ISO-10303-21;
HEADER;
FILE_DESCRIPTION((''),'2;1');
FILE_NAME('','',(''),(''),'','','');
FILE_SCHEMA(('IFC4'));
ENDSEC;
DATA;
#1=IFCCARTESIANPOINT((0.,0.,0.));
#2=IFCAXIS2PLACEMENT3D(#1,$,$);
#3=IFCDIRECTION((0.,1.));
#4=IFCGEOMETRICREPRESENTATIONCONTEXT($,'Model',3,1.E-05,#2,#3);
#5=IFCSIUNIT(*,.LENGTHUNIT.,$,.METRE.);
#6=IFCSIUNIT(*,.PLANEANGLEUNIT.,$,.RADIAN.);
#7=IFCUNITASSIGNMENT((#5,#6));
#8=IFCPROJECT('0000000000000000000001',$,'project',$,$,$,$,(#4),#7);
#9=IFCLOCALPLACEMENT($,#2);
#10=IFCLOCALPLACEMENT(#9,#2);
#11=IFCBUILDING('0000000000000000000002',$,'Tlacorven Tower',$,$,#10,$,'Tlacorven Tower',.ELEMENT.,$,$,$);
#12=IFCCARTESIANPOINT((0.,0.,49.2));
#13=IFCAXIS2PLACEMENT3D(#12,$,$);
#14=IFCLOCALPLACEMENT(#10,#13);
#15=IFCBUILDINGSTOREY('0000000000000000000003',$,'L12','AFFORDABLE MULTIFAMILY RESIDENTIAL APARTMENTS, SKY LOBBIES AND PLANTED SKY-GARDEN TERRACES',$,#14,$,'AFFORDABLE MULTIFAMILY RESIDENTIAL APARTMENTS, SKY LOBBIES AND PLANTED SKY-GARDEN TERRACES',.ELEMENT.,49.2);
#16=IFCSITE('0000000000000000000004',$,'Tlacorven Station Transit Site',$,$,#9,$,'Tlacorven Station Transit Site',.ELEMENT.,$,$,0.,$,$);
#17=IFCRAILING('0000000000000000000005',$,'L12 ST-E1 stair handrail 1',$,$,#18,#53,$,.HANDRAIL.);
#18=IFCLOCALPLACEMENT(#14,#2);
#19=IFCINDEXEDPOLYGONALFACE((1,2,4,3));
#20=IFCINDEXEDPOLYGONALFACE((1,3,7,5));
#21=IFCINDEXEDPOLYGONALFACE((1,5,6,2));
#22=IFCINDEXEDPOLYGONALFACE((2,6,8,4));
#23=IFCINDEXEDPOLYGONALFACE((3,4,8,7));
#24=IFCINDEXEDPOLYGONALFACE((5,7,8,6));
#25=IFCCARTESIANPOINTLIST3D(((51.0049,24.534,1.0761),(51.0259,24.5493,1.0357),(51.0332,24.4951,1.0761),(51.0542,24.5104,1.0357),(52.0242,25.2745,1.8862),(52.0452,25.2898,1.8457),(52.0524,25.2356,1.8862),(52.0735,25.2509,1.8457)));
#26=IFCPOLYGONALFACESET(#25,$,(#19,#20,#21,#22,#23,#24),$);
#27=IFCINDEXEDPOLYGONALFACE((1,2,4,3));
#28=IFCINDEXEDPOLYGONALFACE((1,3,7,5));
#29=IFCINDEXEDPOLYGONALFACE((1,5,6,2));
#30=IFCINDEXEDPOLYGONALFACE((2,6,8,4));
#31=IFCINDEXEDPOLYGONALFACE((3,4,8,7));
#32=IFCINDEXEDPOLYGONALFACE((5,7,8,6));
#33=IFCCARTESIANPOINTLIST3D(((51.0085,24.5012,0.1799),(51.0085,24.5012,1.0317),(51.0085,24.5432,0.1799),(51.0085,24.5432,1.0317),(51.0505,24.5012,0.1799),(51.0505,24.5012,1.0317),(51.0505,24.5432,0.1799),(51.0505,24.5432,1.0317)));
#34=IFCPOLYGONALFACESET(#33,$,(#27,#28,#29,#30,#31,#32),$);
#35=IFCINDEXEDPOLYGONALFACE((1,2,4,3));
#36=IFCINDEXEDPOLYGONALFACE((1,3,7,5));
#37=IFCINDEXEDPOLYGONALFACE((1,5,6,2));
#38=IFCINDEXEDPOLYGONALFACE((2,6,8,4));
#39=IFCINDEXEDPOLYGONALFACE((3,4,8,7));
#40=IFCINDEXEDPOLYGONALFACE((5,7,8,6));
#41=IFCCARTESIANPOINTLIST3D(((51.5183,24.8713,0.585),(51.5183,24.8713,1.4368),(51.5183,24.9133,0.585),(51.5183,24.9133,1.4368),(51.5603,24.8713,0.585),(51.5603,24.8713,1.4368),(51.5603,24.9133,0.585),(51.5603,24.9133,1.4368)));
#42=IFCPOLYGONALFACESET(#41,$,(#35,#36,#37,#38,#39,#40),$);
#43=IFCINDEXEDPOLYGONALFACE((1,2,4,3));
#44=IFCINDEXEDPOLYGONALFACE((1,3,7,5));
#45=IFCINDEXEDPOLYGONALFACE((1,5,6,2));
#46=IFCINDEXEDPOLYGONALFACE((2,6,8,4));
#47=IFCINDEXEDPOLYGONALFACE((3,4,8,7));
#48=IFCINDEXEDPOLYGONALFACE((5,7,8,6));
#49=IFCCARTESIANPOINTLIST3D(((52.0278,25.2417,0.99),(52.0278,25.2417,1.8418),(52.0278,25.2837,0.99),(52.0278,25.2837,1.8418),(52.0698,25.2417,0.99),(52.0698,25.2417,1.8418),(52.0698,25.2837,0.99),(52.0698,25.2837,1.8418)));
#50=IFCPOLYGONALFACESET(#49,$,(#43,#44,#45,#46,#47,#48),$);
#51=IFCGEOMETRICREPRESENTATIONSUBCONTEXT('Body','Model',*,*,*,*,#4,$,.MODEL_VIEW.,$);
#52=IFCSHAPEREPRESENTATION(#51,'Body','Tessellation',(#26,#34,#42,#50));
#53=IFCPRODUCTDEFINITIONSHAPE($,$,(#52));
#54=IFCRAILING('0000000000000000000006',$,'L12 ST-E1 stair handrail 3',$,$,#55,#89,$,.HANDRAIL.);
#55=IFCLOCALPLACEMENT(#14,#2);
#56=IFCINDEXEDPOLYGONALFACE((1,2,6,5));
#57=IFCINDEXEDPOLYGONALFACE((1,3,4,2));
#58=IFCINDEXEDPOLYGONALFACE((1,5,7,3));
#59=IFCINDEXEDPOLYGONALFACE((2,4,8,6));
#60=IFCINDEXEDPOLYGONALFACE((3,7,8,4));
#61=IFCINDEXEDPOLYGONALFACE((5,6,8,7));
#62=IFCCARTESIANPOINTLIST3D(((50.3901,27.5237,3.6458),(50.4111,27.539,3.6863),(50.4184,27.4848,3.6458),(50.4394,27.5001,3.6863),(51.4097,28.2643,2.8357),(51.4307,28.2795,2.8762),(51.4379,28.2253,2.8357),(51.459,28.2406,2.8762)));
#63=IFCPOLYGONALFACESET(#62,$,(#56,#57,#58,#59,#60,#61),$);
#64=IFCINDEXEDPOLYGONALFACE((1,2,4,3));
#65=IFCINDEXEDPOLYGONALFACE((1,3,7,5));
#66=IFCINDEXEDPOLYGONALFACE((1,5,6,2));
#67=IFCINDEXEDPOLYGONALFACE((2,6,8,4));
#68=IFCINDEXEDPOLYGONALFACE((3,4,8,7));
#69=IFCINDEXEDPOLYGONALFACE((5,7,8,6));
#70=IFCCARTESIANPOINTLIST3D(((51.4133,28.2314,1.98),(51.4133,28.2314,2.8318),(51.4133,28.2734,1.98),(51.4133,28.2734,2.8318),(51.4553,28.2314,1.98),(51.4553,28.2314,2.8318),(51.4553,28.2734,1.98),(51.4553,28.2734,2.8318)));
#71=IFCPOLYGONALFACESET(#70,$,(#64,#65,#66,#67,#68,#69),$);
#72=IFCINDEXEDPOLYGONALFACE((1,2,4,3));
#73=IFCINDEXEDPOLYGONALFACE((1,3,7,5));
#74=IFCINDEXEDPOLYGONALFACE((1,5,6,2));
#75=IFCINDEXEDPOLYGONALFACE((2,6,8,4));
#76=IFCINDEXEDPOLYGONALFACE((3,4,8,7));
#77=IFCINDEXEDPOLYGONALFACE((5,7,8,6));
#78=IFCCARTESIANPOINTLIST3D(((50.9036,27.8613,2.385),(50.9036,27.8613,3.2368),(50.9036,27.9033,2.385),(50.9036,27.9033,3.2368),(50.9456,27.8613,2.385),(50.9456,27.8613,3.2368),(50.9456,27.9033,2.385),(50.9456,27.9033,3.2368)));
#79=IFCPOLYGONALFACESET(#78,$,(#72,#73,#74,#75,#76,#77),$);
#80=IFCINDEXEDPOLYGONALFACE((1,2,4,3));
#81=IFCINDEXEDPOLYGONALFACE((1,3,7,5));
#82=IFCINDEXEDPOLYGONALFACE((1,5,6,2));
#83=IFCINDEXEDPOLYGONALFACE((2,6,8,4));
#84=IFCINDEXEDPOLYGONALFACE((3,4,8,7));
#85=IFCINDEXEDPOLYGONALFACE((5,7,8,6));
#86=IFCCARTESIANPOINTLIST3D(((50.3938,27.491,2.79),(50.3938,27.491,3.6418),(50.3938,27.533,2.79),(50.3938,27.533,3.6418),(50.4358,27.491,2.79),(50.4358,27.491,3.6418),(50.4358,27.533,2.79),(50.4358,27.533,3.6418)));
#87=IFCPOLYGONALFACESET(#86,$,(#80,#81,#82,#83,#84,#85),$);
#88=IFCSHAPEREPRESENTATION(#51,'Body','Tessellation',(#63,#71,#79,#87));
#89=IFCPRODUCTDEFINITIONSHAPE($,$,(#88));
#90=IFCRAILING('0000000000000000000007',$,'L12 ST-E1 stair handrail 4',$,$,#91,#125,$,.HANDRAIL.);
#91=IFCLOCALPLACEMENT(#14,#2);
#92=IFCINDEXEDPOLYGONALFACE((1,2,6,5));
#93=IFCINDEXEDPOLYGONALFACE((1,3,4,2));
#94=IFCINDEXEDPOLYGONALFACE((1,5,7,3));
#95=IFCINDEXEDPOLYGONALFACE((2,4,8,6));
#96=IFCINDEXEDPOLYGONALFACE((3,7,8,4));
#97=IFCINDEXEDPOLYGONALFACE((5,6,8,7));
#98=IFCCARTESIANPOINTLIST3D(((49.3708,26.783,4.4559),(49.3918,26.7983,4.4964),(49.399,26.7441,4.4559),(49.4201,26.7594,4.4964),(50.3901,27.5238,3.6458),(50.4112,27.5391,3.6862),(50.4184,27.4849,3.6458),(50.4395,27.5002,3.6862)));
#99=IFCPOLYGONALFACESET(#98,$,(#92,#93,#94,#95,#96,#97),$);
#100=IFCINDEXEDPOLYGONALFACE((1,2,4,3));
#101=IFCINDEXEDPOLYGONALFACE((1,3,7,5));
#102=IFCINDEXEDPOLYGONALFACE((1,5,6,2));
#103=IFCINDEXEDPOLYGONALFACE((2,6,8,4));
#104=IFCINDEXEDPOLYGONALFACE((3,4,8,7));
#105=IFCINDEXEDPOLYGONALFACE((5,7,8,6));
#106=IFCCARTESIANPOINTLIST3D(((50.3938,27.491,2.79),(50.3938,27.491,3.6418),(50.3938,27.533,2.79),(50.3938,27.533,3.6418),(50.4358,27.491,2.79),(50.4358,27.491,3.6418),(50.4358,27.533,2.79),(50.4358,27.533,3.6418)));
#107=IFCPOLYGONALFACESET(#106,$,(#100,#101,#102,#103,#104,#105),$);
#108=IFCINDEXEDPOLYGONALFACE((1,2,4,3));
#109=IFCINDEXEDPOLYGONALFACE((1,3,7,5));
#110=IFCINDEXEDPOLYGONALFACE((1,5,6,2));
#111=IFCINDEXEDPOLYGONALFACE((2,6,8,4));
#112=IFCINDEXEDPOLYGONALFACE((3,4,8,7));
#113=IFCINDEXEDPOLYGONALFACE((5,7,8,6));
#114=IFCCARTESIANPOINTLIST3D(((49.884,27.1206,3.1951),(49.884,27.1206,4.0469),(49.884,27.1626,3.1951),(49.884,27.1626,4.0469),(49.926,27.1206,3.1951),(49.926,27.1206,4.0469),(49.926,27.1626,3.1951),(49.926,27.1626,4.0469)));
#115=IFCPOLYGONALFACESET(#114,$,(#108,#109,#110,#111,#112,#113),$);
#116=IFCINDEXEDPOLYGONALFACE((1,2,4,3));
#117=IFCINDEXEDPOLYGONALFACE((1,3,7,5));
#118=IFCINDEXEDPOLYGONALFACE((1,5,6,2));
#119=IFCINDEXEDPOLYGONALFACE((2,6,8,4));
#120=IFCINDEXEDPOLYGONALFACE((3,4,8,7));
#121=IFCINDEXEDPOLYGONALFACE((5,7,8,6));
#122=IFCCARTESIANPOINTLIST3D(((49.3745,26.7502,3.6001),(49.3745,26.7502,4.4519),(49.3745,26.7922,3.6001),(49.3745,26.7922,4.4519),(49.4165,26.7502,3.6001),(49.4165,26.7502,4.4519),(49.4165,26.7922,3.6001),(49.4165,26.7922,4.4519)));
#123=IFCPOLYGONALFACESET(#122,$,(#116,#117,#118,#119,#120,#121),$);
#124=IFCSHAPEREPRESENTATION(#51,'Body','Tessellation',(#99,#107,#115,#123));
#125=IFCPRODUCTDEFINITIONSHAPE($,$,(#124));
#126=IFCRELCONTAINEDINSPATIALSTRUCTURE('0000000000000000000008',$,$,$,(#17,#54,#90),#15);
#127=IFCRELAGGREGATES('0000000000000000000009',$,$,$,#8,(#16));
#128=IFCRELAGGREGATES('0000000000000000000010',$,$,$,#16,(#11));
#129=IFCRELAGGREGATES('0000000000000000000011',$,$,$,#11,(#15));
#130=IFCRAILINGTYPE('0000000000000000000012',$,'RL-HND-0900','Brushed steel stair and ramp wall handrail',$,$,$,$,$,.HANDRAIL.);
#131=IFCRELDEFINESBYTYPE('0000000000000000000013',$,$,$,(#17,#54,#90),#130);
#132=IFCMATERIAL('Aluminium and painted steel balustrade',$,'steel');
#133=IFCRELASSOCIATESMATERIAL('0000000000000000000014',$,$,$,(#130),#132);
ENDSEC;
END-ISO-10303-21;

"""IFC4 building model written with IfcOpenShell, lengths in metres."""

from ifc_helpers import new_model, si_unit, direction, frame, origin, origin_2d, place, context, subcontext, project, spatial, rectangle, extrude, source, transform, mapped, material, type_object, element, save


model = new_model("IFC4")

# Units and contexts
model_context = context("Model", 3, precision=1e-05, world=origin(), true_north=direction((0.0, 1.0)))
body_context = subcontext(model_context, "Body", "Model", "MODEL_VIEW")
ifc_project = project(units=[si_unit("LENGTHUNIT", "METRE"), si_unit("PLANEANGLEUNIT", "RADIAN")], contexts=[model_context])

# Site, building, storey
site_placement = place(None, origin())
site = spatial("IfcSite", under=ifc_project, at=site_placement, Name="Tlacorven Station Transit Site", LongName="Tlacorven Station Transit Site", CompositionType="ELEMENT", RefElevation=0.0)
building_placement = place(site_placement, origin())
building = spatial("IfcBuilding", under=site, at=building_placement, Name="Tlacorven Tower", LongName="Tlacorven Tower", CompositionType="ELEMENT")
storey_placement = place(building_placement, frame((0.0, 0.0, 49.2)))
storey = spatial("IfcBuildingStorey", under=building, at=storey_placement, Name="L12", Description="AFFORDABLE MULTIFAMILY RESIDENTIAL APARTMENTS, SKY LOBBIES AND PLANTED SKY-GARDEN TERRACES", LongName="AFFORDABLE MULTIFAMILY RESIDENTIAL APARTMENTS, SKY LOBBIES AND PLANTED SKY-GARDEN TERRACES", CompositionType="ELEMENT", Elevation=49.2)

# Railings
ifc_material_1 = material(Name="Aluminium and painted steel balustrade", Category="steel")
railing_type_1 = type_object("IfcRailingType", Name="RL-HND-0900", Description="Brushed steel stair and ramp wall handrail", PredefinedType="HANDRAIL", material=ifc_material_1)
shared_shape_1 = source(origin(), body_context, "Body", "SweptSolid", [
    extrude(rectangle(XDim=0.0481, YDim=0.0481, at=origin_2d()), frame((0.0, 0.0, 0.876), z_axis=(0.680516, 0.494373, 0.540827), x_axis=(-0.587745, 0.809046, 0.0)), (0.0, 0.0, 1.0), 1.4978),
    extrude(rectangle(XDim=0.042, YDim=0.042, at=origin_2d()), origin(), (0.0, 0.0, 1.0), 0.8518),
    extrude(rectangle(XDim=0.042, YDim=0.042, at=origin_2d()), frame((0.5098, 0.3701, 0.405)), (0.0, 0.0, 1.0), 0.8518),
    extrude(rectangle(XDim=0.042, YDim=0.042, at=origin_2d()), frame((1.0193, 0.7405, 0.8101)), (0.0, 0.0, 1.0), 0.8518),
])
railing_1_placement = place(storey_placement, frame((51.0295, 24.5222, 0.1799)))
element("IfcRailing", 1, at=railing_1_placement, inside=storey, type_object=railing_type_1, Name="L12 ST-E1 stair handrail 1", PredefinedType="HANDRAIL", context=body_context, shape_type="MappedRepresentation", body=[
    mapped(shared_shape_1, transform((0.0, 0.0, 0.0), scale=1.0)),
])
shared_shape_2 = source(origin(), body_context, "Body", "SweptSolid", [
    extrude(rectangle(XDim=0.0481, YDim=0.0481, at=origin_2d()), frame((0.0, 0.0, 0.876), z_axis=(-0.680604, -0.494318, 0.540767), x_axis=(0.587653, -0.809113, 0.0)), (0.0, 0.0, 1.0), 1.498),
    extrude(rectangle(XDim=0.042, YDim=0.042, at=origin_2d()), origin(), (0.0, 0.0, 1.0), 0.8518),
    extrude(rectangle(XDim=0.042, YDim=0.042, at=origin_2d()), frame((-0.5098, -0.3701, 0.405)), (0.0, 0.0, 1.0), 0.8518),
    extrude(rectangle(XDim=0.042, YDim=0.042, at=origin_2d()), frame((-1.0195, -0.7405, 0.8101)), (0.0, 0.0, 1.0), 0.8518),
])
railing_2_placement = place(storey_placement, frame((51.4343, 28.2524, 1.98)))
element("IfcRailing", 2, at=railing_2_placement, inside=storey, type_object=railing_type_1, Name="L12 ST-E1 stair handrail 3", PredefinedType="HANDRAIL", context=body_context, shape_type="MappedRepresentation", body=[
    mapped(shared_shape_2, transform((0.0, 0.0, 0.0), scale=1.0)),
])
shared_shape_3 = source(origin(), body_context, "Body", "SweptSolid", [
    extrude(rectangle(XDim=0.0481, YDim=0.0481, at=origin_2d()), frame((0.0, 0.0, 0.876), z_axis=(-0.680461, -0.494496, 0.540783), x_axis=(0.587872, -0.808954, 0.0)), (0.0, 0.0, 1.0), 1.498),
    extrude(rectangle(XDim=0.042, YDim=0.042, at=origin_2d()), origin(), (0.0, 0.0, 1.0), 0.8518),
    extrude(rectangle(XDim=0.042, YDim=0.042, at=origin_2d()), frame((-0.5098, -0.3704, 0.405)), (0.0, 0.0, 1.0), 0.8518),
    extrude(rectangle(XDim=0.042, YDim=0.042, at=origin_2d()), frame((-1.0193, -0.7407, 0.8101)), (0.0, 0.0, 1.0), 0.8518),
])
railing_3_placement = place(storey_placement, frame((50.4148, 27.512, 2.79)))
element("IfcRailing", 3, at=railing_3_placement, inside=storey, type_object=railing_type_1, Name="L12 ST-E1 stair handrail 4", PredefinedType="HANDRAIL", context=body_context, shape_type="MappedRepresentation", body=[
    mapped(shared_shape_3, transform((0.0, 0.0, 0.0), scale=1.0)),
])

save(model, "model.ifc")
